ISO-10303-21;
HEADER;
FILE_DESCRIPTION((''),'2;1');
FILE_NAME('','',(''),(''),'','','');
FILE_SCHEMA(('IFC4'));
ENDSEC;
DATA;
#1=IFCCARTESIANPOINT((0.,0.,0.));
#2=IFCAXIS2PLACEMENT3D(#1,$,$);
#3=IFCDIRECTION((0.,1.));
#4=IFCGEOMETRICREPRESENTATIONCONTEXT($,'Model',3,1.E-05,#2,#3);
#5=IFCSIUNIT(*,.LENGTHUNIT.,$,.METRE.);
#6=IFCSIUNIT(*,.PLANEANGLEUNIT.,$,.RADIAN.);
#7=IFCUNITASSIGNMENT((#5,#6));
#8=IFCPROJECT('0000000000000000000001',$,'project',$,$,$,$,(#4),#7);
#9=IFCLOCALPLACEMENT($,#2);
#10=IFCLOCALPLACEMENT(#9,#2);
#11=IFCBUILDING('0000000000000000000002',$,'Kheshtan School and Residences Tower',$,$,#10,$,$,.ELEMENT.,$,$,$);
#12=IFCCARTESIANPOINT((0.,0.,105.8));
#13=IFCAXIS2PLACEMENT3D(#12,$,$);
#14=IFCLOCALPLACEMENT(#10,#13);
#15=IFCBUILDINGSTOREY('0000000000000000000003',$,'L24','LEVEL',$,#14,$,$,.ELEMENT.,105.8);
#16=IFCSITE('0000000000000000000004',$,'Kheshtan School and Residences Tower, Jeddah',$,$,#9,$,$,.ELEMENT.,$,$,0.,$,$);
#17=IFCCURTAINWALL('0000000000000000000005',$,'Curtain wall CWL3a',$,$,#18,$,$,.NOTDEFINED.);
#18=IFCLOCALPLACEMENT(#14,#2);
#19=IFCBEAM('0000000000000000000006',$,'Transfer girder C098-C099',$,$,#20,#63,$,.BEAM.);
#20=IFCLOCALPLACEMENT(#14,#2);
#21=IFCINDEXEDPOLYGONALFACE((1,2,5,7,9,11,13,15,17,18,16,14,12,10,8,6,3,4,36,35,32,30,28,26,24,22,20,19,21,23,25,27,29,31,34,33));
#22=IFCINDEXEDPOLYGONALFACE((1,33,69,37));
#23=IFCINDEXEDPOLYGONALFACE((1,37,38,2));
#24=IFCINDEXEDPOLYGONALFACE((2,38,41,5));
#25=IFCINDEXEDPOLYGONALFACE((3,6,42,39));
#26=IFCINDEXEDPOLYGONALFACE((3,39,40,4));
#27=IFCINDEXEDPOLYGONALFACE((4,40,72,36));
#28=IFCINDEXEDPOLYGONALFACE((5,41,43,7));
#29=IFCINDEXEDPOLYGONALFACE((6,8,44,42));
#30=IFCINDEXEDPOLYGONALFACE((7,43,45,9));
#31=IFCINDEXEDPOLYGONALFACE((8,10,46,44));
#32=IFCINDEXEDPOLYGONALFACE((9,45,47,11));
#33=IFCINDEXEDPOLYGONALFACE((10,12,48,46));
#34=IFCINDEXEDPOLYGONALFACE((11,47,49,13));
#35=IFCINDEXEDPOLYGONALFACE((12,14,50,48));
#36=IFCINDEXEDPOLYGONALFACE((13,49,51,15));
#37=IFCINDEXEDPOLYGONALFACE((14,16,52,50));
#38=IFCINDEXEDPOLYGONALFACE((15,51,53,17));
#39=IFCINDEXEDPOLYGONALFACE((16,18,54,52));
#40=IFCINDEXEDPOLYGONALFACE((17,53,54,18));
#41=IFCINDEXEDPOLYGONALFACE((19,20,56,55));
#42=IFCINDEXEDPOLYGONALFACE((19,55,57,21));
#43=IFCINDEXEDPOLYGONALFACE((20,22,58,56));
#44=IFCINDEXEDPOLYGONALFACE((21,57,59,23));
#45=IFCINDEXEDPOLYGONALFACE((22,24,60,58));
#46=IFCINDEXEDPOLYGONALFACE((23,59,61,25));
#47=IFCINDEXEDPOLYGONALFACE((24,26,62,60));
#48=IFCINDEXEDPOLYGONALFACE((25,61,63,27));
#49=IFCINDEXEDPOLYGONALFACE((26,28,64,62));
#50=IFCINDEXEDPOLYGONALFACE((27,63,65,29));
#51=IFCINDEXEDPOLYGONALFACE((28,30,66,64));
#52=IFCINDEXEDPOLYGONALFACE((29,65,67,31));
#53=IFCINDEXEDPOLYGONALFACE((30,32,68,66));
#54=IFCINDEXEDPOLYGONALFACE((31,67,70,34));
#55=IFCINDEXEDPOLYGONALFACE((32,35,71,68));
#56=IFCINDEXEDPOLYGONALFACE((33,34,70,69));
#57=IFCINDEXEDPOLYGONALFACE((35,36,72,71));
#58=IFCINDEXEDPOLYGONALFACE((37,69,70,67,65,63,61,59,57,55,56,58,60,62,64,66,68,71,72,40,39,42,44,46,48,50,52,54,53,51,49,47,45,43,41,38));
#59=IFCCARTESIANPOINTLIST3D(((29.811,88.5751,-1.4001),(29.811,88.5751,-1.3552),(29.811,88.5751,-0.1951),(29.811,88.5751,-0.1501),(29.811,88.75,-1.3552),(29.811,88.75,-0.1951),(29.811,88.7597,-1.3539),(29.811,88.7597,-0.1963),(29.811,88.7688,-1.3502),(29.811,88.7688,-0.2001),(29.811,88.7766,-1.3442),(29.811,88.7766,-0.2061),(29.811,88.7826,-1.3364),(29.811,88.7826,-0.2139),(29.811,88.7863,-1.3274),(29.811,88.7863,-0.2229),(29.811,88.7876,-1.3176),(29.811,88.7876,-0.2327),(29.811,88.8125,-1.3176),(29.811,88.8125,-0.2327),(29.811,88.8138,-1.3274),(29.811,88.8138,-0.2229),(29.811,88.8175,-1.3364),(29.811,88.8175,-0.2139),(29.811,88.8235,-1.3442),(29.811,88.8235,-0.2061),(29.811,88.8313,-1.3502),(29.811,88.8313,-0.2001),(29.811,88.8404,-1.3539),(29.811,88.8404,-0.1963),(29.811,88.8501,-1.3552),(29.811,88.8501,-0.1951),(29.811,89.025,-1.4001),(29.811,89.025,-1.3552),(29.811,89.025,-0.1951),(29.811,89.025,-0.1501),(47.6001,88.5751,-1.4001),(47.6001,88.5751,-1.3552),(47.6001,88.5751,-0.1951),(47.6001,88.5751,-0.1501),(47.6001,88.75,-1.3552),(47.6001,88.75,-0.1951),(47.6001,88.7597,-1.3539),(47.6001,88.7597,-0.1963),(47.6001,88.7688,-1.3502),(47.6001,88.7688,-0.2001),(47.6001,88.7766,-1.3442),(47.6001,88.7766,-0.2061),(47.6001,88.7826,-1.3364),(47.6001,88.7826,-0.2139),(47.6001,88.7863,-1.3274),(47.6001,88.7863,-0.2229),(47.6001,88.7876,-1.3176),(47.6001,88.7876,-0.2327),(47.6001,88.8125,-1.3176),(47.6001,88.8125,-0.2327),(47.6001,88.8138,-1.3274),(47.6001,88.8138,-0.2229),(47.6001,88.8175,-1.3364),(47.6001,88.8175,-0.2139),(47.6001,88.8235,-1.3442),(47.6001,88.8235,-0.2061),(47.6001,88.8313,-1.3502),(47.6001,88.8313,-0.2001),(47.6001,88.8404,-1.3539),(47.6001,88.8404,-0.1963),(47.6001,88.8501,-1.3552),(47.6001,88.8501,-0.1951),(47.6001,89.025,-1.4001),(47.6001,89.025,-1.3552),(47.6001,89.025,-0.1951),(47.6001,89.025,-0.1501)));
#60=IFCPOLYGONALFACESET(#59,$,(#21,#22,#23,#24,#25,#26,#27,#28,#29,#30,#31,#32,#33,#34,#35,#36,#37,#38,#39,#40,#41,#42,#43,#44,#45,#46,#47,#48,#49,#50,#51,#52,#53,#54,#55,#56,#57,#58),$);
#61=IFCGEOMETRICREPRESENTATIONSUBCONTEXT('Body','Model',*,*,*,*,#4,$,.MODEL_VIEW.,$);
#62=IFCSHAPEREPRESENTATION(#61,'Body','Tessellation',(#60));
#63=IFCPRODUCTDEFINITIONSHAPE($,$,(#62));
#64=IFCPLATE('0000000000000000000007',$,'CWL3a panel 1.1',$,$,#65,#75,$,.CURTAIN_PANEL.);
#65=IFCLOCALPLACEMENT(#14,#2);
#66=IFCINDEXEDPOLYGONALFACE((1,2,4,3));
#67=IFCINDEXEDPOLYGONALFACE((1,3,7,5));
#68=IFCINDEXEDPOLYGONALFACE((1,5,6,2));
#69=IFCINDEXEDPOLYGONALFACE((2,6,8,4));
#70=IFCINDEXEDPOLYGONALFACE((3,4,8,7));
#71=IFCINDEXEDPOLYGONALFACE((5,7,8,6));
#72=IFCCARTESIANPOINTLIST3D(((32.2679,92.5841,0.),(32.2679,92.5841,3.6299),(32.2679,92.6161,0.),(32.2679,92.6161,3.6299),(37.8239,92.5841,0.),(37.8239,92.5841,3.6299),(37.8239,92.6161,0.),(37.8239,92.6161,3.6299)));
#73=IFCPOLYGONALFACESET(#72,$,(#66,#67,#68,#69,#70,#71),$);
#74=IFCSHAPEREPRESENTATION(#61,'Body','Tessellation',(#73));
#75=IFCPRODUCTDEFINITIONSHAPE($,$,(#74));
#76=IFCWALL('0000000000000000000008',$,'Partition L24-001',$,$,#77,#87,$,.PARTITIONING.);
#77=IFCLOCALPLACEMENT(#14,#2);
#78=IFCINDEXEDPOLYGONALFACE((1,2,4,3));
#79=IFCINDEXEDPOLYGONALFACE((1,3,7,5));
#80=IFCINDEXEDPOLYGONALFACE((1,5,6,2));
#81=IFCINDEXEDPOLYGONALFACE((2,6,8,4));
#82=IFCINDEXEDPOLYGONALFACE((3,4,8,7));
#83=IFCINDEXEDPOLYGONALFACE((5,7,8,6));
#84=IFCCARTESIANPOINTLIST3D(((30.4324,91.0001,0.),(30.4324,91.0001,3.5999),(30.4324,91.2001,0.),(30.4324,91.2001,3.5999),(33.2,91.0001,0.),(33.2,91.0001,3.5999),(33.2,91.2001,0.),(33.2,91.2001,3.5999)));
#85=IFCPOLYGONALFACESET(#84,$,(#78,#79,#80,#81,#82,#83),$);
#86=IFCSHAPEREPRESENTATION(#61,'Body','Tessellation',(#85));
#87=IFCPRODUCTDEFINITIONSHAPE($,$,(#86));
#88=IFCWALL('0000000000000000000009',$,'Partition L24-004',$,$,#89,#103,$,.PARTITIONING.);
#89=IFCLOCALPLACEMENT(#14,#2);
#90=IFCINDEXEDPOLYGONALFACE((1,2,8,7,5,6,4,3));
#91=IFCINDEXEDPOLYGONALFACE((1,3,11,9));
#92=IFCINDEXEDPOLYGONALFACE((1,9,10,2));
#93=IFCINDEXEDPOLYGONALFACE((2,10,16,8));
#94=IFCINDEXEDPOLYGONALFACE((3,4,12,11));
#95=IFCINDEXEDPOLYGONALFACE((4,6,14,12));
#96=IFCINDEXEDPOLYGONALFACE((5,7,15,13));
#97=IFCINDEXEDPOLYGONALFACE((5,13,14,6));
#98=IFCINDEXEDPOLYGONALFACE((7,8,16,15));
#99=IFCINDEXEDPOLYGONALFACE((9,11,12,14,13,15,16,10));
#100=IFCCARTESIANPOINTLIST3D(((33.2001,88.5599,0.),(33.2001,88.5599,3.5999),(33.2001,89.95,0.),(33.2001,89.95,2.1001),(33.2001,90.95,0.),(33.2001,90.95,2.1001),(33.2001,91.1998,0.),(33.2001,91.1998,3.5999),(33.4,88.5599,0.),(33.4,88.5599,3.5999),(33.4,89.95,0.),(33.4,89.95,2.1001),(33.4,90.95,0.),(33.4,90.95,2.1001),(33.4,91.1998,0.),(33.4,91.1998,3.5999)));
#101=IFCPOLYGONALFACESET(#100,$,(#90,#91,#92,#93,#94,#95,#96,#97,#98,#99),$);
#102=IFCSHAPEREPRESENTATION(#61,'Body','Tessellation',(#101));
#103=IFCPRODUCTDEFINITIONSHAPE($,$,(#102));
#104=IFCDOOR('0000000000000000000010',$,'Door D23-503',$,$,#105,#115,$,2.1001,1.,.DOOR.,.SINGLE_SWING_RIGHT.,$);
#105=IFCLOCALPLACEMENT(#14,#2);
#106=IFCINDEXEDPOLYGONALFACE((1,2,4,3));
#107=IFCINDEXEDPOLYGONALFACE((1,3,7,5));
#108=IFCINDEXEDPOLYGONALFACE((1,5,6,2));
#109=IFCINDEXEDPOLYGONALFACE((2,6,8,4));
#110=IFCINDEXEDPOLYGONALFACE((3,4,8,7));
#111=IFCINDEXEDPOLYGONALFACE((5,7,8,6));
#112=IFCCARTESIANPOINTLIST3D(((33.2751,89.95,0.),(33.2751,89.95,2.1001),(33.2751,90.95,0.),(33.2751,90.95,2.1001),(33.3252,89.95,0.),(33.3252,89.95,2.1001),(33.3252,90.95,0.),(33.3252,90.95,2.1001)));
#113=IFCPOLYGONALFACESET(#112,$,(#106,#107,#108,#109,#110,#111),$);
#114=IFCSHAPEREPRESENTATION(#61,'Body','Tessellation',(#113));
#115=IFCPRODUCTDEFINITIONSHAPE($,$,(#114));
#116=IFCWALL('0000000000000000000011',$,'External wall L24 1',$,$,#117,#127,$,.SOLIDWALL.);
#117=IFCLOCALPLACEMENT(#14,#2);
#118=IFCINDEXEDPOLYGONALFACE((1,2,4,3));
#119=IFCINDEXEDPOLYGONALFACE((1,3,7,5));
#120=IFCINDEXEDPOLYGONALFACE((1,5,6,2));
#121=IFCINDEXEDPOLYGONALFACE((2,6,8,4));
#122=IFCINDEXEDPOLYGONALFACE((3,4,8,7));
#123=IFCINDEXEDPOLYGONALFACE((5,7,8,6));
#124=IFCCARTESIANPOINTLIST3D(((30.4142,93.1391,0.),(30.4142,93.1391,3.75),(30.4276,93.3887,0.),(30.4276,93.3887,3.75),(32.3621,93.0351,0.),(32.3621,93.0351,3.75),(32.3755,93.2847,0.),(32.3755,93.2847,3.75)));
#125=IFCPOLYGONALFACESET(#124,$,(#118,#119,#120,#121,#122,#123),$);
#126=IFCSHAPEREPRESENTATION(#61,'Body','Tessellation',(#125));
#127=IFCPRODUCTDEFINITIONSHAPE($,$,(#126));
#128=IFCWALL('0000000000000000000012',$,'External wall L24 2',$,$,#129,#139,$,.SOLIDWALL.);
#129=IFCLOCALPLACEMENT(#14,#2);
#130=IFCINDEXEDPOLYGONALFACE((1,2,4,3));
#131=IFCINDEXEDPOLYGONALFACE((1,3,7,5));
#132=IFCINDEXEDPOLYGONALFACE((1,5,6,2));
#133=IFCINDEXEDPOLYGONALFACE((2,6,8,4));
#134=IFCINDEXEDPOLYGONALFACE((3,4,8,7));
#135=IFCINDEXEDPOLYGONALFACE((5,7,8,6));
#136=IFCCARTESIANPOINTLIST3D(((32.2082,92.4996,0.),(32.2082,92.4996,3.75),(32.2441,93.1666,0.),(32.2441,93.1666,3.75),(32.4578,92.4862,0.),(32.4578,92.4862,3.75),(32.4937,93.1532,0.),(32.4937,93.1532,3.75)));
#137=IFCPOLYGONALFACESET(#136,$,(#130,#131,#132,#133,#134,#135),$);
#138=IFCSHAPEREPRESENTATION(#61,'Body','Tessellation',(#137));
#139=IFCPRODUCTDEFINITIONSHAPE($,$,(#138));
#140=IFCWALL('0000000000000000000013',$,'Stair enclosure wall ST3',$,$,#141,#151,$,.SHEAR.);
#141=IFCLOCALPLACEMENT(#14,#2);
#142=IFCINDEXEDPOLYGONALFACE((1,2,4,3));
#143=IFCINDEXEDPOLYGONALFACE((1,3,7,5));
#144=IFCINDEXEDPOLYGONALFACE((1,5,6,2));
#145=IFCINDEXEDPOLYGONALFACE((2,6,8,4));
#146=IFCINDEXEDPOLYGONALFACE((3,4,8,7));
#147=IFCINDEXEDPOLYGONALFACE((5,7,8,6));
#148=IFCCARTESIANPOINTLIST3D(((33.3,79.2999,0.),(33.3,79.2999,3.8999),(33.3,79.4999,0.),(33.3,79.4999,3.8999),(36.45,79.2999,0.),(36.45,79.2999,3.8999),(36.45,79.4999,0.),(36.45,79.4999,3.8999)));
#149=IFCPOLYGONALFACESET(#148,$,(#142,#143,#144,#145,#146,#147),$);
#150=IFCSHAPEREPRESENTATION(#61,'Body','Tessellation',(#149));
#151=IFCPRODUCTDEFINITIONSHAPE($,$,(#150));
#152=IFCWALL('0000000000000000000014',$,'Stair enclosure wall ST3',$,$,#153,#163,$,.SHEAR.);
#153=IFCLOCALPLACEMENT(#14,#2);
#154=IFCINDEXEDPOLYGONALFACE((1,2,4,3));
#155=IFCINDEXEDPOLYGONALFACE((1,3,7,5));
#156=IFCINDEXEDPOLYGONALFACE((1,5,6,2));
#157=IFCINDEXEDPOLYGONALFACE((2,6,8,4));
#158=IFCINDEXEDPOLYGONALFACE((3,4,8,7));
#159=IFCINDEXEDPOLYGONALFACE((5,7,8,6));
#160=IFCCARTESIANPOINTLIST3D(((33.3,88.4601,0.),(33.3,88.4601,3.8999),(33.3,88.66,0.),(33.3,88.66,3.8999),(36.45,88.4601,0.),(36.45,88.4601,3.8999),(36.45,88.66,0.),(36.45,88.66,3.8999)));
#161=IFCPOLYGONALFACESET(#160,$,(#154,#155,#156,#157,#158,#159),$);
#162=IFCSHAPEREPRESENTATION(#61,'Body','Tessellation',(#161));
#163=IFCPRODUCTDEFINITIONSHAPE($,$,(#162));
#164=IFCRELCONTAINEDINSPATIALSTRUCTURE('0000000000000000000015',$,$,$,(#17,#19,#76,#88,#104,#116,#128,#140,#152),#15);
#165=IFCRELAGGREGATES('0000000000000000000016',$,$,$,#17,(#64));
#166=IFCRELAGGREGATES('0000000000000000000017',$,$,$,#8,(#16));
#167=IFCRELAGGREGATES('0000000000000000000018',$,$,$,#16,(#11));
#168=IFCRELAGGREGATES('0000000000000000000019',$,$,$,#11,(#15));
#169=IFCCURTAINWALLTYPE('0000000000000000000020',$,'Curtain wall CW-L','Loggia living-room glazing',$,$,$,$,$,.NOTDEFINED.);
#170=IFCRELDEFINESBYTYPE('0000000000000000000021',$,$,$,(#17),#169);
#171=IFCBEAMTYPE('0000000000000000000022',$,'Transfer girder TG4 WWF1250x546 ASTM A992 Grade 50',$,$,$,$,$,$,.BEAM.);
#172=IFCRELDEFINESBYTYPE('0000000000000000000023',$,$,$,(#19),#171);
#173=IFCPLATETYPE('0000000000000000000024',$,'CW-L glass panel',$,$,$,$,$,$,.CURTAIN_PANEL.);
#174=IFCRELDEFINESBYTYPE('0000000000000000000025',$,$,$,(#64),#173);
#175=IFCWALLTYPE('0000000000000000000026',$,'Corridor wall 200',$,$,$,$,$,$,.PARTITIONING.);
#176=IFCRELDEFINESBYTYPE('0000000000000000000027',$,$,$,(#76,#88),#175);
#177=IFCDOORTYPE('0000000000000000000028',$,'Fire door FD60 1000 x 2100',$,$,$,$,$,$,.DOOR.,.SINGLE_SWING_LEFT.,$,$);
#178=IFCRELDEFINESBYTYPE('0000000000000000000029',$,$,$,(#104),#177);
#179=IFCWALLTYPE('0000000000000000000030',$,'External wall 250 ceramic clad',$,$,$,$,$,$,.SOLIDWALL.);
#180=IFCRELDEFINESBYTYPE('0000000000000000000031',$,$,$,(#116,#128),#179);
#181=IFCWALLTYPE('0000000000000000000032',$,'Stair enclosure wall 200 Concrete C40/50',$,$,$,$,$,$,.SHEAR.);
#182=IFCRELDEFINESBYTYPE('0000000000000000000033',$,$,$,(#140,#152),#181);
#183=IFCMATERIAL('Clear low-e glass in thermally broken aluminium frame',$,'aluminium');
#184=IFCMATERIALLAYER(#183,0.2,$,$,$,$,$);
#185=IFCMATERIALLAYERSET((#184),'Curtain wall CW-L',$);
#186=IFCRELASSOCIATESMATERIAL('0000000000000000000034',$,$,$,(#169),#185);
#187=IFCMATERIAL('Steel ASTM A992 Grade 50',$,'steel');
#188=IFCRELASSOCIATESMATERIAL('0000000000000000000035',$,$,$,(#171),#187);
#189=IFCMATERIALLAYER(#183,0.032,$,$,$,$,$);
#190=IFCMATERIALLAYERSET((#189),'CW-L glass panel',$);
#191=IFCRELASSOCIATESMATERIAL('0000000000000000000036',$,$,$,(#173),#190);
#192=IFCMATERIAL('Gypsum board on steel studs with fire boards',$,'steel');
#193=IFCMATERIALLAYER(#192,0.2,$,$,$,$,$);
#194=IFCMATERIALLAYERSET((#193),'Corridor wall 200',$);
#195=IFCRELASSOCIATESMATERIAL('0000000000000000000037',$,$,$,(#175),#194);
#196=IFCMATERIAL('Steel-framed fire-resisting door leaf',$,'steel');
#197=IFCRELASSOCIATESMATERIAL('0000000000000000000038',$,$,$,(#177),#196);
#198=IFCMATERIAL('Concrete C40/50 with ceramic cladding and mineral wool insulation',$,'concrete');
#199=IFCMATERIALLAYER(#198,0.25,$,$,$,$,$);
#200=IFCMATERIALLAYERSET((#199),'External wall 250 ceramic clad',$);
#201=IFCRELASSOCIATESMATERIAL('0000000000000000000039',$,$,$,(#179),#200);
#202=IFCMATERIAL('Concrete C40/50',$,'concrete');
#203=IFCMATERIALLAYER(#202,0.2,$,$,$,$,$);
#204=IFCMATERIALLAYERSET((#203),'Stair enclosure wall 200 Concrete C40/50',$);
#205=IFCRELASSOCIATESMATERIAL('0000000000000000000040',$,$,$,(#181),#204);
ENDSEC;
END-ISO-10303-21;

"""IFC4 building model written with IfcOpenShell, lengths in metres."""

from ifc_helpers import new_model, si_unit, direction, frame, frame_2d, origin, origin_2d, place, context, subcontext, project, spatial, rectangle, i_section, extrude, source, transform, mapped, material, layer, layer_set, material_profile, profile_set, type_object, element, fill, aggregate, save


model = new_model("IFC4")

# Units and contexts
model_context = context("Model", 3, precision=1e-05, world=origin(), true_north=direction((0.0, 1.0)))
body_context = subcontext(model_context, "Body", "Model", "MODEL_VIEW")
ifc_project = project(units=[si_unit("LENGTHUNIT", "METRE"), si_unit("PLANEANGLEUNIT", "RADIAN")], contexts=[model_context])

# Site, building, storey
site_placement = place(None, origin())
site = spatial("IfcSite", under=ifc_project, at=site_placement, Name="Kheshtan School and Residences Tower, Jeddah", CompositionType="ELEMENT", RefElevation=0.0)
building_placement = place(site_placement, origin())
building = spatial("IfcBuilding", under=site, at=building_placement, Name="Kheshtan School and Residences Tower", CompositionType="ELEMENT")
storey_placement = place(building_placement, frame((0.0, 0.0, 105.8)))
storey = spatial("IfcBuildingStorey", under=building, at=storey_placement, Name="L24", Description="LEVEL", CompositionType="ELEMENT", Elevation=105.8)

# Shared definitions
ifc_material_1 = material(Name="Steel ASTM A992 Grade 50", Category="steel")

# Curtain wall
ifc_material_2 = material(Name="Clear low-e glass in thermally broken aluminium frame", Category="aluminium")
ifc_layer_1 = layer(ifc_material_2, 0.2)
ifc_layer_set_1 = layer_set([ifc_layer_1], Name="Curtain wall CW-L")
curtain_wall_type = type_object("IfcCurtainWallType", Name="Curtain wall CW-L", Description="Loggia living-room glazing", PredefinedType="NOTDEFINED", material=ifc_layer_set_1)
curtain_wall_placement = place(storey_placement, origin())
curtain_wall = element("IfcCurtainWall", 1, at=curtain_wall_placement, inside=storey, type_object=curtain_wall_type, Name="Curtain wall CWL3a", PredefinedType="NOTDEFINED")

# Beam
ifc_material_profile_1 = material_profile(ifc_material_1, i_section(OverallWidth=0.45, OverallDepth=1.25, WebThickness=0.0249, FlangeThickness=0.0449, FilletRadius=0.0376, at=origin_2d()), Name="WWF1250x546")
ifc_profile_set_1 = profile_set([ifc_material_profile_1], Name="Steel ASTM A992 Grade 50")
beam_type_1 = type_object("IfcBeamType", Name="Transfer girder TG4 WWF1250x546 ASTM A992 Grade 50", PredefinedType="BEAM", material=ifc_profile_set_1)
beam_1_placement = place(storey_placement, frame((29.811, 88.8, -0.7751), z_axis=(1.0, 0.0, 0.0), x_axis=(0.0, 1.0, 0.0)))
element("IfcBeam", 2, at=beam_1_placement, inside=storey, type_object=beam_type_1, Name="Transfer girder C098-C099", PredefinedType="BEAM", context=body_context, shape_type="SweptSolid", body=[
    extrude(i_section(OverallWidth=0.45, OverallDepth=1.25, WebThickness=0.0249, FlangeThickness=0.0449, FilletRadius=0.0376, at=origin_2d()), origin(), (0.0, 0.0, 1.0), 17.7891),
])

# Plate
ifc_layer_2 = layer(ifc_material_2, 0.032)
ifc_layer_set_2 = layer_set([ifc_layer_2], Name="CW-L glass panel")
plate_type = type_object("IfcPlateType", Name="CW-L glass panel", PredefinedType="CURTAIN_PANEL", material=ifc_layer_set_2)
plate_placement = place(storey_placement, frame((35.0459, 92.6001, 0.0), z_axis=(0.0, 0.0, 1.0), x_axis=(1.0, 0.0, 0.0)))
plate = element("IfcPlate", 3, at=plate_placement, type_object=plate_type, Name="CWL3a panel 1.1", PredefinedType="CURTAIN_PANEL", context=body_context, shape_type="SweptSolid", body=[
    extrude(rectangle(XDim=5.5559, YDim=0.032, at=origin_2d()), origin(), (0.0, 0.0, 1.0), 3.6299),
])
aggregate(curtain_wall, [plate])

# Wall
ifc_material_3 = material(Name="Gypsum board on steel studs with fire boards", Category="steel")
ifc_layer_3 = layer(ifc_material_3, 0.2)
ifc_layer_set_3 = layer_set([ifc_layer_3], Name="Corridor wall 200")
wall_type_1 = type_object("IfcWallType", Name="Corridor wall 200", PredefinedType="PARTITIONING", material=ifc_layer_set_3)
wall_1_placement = place(storey_placement, frame((30.4324, 91.1001, 0.0), z_axis=(0.0, 0.0, 1.0), x_axis=(1.0, 0.0, 0.0)))
element("IfcWall", 4, at=wall_1_placement, inside=storey, type_object=wall_type_1, Name="Partition L24-001", PredefinedType="PARTITIONING", context=body_context, shape_type="SweptSolid", body=[
    extrude(rectangle(XDim=2.7676, YDim=0.2, at=frame_2d((1.3838, 0.0))), origin(), (0.0, 0.0, 1.0), 3.5999),
])

# Wall, opening, door
wall_2_placement = place(storey_placement, frame((33.3, 88.5601, 0.0), z_axis=(0.0, 0.0, 1.0), x_axis=(0.0, 1.0, 0.0)))
wall_2 = element("IfcWall", 5, at=wall_2_placement, inside=storey, type_object=wall_type_1, Name="Partition L24-004", PredefinedType="PARTITIONING", context=body_context, shape_type="SweptSolid", body=[
    extrude(rectangle(XDim=2.6399, YDim=0.2, at=frame_2d((1.3198, 0.0))), origin(), (0.0, 0.0, 1.0), 3.5999),
])
opening_1_placement = place(wall_2_placement, frame((1.3899, 0.0, 0.0)))
opening_1 = element("IfcOpeningElement", 6, at=opening_1_placement, cuts=wall_2, PredefinedType="OPENING", context=body_context, shape_type="SweptSolid", body=[
    extrude(rectangle(XDim=1.0, YDim=2.1001, at=frame_2d((0.5, 1.05))), frame((0.0, 0.1099, 0.0), z_axis=(0.0, -1.0, 0.0), x_axis=(1.0, 0.0, 0.0)), (0.0, 0.0, 1.0), 0.22),
])
ifc_material_4 = material(Name="Steel-framed fire-resisting door leaf", Category="steel")
door_type_1 = type_object("IfcDoorType", Name="Fire door FD60 1000 x 2100", OperationType="SINGLE_SWING_LEFT", PredefinedType="DOOR", material=ifc_material_4)
shared_shape_1 = source(origin(), body_context, "Body", "SweptSolid", [
    extrude(rectangle(XDim=1.0, YDim=2.1001, at=frame_2d((0.5, 1.05))), frame((0.0, 0.0249, 0.0), z_axis=(0.0, -1.0, 0.0), x_axis=(1.0, 0.0, 0.0)), (0.0, 0.0, 1.0), 0.05),
])
door_1_placement = place(opening_1_placement, origin())
door_1 = element("IfcDoor", 7, at=door_1_placement, inside=storey, type_object=door_type_1, Name="Door D23-503", OperationType="SINGLE_SWING_RIGHT", OverallHeight=2.1001, OverallWidth=1.0, PredefinedType="DOOR", context=body_context, shape_type="MappedRepresentation", body=[
    mapped(shared_shape_1, transform((0.0, 0.0, 0.0), x_axis=(1.0, 0.0, 0.0), y_axis=(0.0, 1.0, 0.0), z_axis=(0.0, 0.0, 1.0), scale=1.0)),
])
fill(opening_1, door_1)

# Walls
ifc_material_5 = material(Name="Concrete C40/50 with ceramic cladding and mineral wool insulation", Category="concrete")
ifc_layer_4 = layer(ifc_material_5, 0.25)
ifc_layer_set_4 = layer_set([ifc_layer_4], Name="External wall 250 ceramic clad")
wall_type_2 = type_object("IfcWallType", Name="External wall 250 ceramic clad", PredefinedType="SOLIDWALL", material=ifc_layer_set_4)
wall_3_placement = place(storey_placement, frame((30.4209, 93.2639, 0.0), z_axis=(0.0, 0.0, 1.0), x_axis=(0.998578, -0.053314, 0.0)))
element("IfcWall", 8, at=wall_3_placement, inside=storey, type_object=wall_type_2, Name="External wall L24 1", PredefinedType="SOLIDWALL", context=body_context, shape_type="SweptSolid", body=[
    extrude(rectangle(XDim=1.9507, YDim=0.25, at=frame_2d((0.9753, 0.0))), origin(), (0.0, 0.0, 1.0), 3.75),
])
wall_4_placement = place(storey_placement, frame((32.3689, 93.1599, 0.0), z_axis=(0.0, 0.0, 1.0), x_axis=(-0.053729, -0.998556, 0.0)))
element("IfcWall", 9, at=wall_4_placement, inside=storey, type_object=wall_type_2, Name="External wall L24 2", PredefinedType="SOLIDWALL", context=body_context, shape_type="SweptSolid", body=[
    extrude(rectangle(XDim=0.668, YDim=0.25, at=frame_2d((0.334, 0.0))), origin(), (0.0, 0.0, 1.0), 3.75),
])
ifc_material_6 = material(Name="Concrete C40/50", Category="concrete")
ifc_layer_5 = layer(ifc_material_6, 0.2)
ifc_layer_set_5 = layer_set([ifc_layer_5], Name="Stair enclosure wall 200 Concrete C40/50")
wall_type_3 = type_object("IfcWallType", Name="Stair enclosure wall 200 Concrete C40/50", PredefinedType="SHEAR", material=ifc_layer_set_5)
for number, where, z_axis, x_axis, name in (
    (10, (33.3, 79.3999, 0.0), (0.0, 0.0, 1.0), (1.0, 0.0, 0.0), "Stair enclosure wall ST3"),
    (11, (33.3, 88.5601, 0.0), (0.0, 0.0, 1.0), (1.0, 0.0, 0.0), "Stair enclosure wall ST3"),
):
    element("IfcWall", number, at=place(storey_placement, frame(where, z_axis=z_axis, x_axis=x_axis)), inside=storey, type_object=wall_type_3, Name=name, PredefinedType="SHEAR", context=body_context, shape_type="SweptSolid", body=[
        extrude(rectangle(XDim=3.1499, YDim=0.2, at=frame_2d((1.575, 0.0))), origin(), (0.0, 0.0, 1.0), 3.8999),
    ])

save(model, "model.ifc")
